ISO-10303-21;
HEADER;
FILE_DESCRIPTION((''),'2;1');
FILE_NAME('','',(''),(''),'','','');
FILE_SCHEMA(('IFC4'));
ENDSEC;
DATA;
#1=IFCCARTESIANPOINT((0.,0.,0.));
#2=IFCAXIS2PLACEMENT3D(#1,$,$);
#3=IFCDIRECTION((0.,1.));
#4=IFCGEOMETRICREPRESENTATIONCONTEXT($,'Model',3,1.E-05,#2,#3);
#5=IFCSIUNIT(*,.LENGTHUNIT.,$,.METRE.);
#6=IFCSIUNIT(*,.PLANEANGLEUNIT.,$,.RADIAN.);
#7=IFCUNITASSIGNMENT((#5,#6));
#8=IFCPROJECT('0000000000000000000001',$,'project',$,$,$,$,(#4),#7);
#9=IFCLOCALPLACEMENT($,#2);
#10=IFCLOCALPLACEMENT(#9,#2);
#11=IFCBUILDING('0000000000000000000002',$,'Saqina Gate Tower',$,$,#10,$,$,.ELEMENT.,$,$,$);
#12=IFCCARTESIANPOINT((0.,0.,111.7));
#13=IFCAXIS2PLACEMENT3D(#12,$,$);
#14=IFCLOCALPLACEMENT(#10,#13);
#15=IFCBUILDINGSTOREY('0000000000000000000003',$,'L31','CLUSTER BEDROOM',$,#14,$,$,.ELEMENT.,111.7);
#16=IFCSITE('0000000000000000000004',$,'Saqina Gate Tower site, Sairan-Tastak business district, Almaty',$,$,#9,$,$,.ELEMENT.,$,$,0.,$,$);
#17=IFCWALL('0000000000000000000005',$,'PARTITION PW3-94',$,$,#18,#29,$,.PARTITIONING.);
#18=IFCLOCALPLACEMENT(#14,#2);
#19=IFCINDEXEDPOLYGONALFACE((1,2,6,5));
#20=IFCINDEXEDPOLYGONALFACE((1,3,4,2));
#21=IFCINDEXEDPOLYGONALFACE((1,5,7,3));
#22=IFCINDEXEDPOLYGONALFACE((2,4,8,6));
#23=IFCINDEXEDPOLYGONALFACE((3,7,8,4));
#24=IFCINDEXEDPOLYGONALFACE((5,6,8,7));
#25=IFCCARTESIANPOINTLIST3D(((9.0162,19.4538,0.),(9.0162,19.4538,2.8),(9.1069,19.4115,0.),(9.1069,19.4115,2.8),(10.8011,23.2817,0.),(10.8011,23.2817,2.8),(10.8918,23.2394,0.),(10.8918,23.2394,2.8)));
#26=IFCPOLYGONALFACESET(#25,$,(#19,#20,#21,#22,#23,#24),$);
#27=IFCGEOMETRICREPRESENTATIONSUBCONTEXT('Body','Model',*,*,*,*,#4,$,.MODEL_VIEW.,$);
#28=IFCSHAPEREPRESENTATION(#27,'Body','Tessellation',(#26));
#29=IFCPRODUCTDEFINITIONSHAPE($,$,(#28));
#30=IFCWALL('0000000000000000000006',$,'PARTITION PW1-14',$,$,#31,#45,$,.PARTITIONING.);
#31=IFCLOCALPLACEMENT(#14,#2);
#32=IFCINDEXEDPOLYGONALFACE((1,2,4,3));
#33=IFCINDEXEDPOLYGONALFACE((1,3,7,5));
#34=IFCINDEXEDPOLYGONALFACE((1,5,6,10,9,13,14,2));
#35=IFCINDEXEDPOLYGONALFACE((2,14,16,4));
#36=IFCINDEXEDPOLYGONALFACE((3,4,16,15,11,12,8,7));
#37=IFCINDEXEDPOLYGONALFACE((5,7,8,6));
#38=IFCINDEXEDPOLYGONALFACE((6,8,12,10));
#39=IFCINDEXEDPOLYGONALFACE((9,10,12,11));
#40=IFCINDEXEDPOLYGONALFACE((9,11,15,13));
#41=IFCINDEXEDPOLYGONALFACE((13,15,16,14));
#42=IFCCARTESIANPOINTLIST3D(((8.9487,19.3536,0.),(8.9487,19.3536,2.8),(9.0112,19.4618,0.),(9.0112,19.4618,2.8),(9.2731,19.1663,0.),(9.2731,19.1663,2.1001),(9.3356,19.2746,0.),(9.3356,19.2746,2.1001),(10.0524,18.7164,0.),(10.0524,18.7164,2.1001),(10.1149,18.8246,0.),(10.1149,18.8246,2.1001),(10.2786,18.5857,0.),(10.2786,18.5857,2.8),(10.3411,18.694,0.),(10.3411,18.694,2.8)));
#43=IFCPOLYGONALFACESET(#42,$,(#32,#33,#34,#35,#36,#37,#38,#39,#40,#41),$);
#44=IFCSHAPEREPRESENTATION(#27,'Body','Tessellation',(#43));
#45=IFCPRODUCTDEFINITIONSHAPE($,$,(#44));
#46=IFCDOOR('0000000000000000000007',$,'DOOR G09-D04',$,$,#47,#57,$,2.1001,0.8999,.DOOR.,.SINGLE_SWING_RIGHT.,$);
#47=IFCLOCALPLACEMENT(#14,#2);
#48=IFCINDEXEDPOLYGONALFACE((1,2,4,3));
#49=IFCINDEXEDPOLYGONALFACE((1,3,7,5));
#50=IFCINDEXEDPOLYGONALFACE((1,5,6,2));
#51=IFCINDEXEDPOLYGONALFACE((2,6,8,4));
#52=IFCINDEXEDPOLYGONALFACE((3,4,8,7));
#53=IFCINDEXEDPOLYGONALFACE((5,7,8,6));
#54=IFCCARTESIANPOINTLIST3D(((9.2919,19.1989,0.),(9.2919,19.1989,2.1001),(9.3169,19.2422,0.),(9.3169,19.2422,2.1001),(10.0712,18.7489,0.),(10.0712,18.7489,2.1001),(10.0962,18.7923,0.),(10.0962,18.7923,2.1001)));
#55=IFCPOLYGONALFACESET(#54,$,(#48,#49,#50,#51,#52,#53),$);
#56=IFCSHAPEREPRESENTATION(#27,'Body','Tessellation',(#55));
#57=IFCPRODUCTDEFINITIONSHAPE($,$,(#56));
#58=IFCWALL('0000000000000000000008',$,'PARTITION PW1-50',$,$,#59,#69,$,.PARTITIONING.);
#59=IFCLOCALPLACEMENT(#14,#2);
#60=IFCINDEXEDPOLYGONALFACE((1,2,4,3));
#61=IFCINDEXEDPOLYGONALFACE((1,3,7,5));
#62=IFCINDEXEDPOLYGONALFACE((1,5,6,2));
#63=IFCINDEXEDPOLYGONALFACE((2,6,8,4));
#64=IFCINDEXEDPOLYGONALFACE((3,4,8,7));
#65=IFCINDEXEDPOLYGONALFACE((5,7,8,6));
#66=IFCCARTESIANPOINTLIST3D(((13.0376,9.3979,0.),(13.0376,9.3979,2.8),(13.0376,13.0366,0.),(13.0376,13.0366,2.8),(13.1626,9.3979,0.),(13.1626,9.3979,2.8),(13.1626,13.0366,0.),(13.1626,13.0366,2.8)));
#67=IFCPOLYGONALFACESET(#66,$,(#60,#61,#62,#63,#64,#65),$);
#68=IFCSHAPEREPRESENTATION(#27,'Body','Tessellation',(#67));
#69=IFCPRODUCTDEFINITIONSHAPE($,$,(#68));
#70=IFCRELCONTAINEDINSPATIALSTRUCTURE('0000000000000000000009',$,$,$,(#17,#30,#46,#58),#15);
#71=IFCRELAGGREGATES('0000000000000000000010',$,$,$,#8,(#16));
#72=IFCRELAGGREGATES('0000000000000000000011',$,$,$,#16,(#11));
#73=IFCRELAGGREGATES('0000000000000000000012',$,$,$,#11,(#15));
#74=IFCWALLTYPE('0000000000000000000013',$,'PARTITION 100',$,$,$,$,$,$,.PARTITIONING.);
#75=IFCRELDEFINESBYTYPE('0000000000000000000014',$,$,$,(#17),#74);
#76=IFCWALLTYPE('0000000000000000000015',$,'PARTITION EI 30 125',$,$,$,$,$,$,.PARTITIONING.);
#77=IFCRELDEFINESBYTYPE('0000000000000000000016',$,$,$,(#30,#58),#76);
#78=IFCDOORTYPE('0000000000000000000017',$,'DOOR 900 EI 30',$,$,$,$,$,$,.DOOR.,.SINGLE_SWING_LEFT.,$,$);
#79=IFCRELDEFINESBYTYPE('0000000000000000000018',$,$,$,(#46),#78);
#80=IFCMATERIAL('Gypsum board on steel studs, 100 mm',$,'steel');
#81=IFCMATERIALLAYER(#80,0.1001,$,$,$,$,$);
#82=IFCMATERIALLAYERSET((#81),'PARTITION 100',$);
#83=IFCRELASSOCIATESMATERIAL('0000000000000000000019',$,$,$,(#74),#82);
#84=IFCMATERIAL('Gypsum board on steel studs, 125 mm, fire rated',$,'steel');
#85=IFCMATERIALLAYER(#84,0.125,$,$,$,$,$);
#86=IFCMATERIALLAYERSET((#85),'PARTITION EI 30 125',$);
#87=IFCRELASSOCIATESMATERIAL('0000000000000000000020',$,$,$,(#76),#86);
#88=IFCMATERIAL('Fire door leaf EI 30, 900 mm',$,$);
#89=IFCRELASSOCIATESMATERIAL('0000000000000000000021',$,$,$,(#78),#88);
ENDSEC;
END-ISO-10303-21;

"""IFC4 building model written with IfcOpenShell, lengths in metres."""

from ifc_helpers import new_model, si_unit, direction, frame, frame_2d, origin, place, context, subcontext, project, spatial, rectangle, extrude, material, layer, layer_set, type_object, element, fill, save


model = new_model("IFC4")

# Units and contexts
model_context = context("Model", 3, precision=1e-05, world=origin(), true_north=direction((0.0, 1.0)))
body_context = subcontext(model_context, "Body", "Model", "MODEL_VIEW")
ifc_project = project(units=[si_unit("LENGTHUNIT", "METRE"), si_unit("PLANEANGLEUNIT", "RADIAN")], contexts=[model_context])

# Site, building, storey
site_placement = place(None, origin())
site = spatial("IfcSite", under=ifc_project, at=site_placement, Name="Saqina Gate Tower site, Sairan-Tastak business district, Almaty", CompositionType="ELEMENT", RefElevation=0.0)
building_placement = place(site_placement, origin())
building = spatial("IfcBuilding", under=site, at=building_placement, Name="Saqina Gate Tower", CompositionType="ELEMENT")
storey_placement = place(building_placement, frame((0.0, 0.0, 111.7)))
storey = spatial("IfcBuildingStorey", under=building, at=storey_placement, Name="L31", Description="CLUSTER BEDROOM", CompositionType="ELEMENT", Elevation=111.7)

# Shared definitions
ifc_material_1 = material(Name="Gypsum board on steel studs, 100 mm", Category="steel")
ifc_layer_1 = layer(ifc_material_1, 0.1001)
ifc_layer_set_1 = layer_set([ifc_layer_1], Name="PARTITION 100")
wall_type_1 = type_object("IfcWallType", Name="PARTITION 100", PredefinedType="PARTITIONING", material=ifc_layer_set_1)

# Wall
wall_1_placement = place(storey_placement, frame((9.0615, 19.4326, 0.0), z_axis=(0.0, 0.0, 1.0), x_axis=(0.422607, 0.906313, 0.0)))
element("IfcWall", 1, at=wall_1_placement, inside=storey, type_object=wall_type_1, Name="PARTITION PW3-94", PredefinedType="PARTITIONING", context=body_context, shape_type="SweptSolid", body=[
    extrude(rectangle(XDim=4.2236, YDim=0.1001, at=frame_2d((2.1118, 0.0))), origin(), (0.0, 0.0, 1.0), 2.8),
])

# Wall, opening, door
ifc_material_2 = material(Name="Gypsum board on steel studs, 125 mm, fire rated", Category="steel")
ifc_layer_2 = layer(ifc_material_2, 0.125)
ifc_layer_set_2 = layer_set([ifc_layer_2], Name="PARTITION EI 30 125")
wall_type_2 = type_object("IfcWallType", Name="PARTITION EI 30 125", PredefinedType="PARTITIONING", material=ifc_layer_set_2)
wall_2_placement = place(storey_placement, frame((8.98, 19.4077, 0.0), z_axis=(0.0, 0.0, 1.0), x_axis=(0.866013, -0.500021, 0.0)))
wall_2 = element("IfcWall", 2, at=wall_2_placement, inside=storey, type_object=wall_type_2, Name="PARTITION PW1-14", PredefinedType="PARTITIONING", context=body_context, shape_type="SweptSolid", body=[
    extrude(rectangle(XDim=1.5356, YDim=0.125, at=frame_2d((0.7678, 0.0))), origin(), (0.0, 0.0, 1.0), 2.8),
])
opening_1_placement = place(wall_2_placement, frame((0.3745, 0.0, 0.0)))
opening_1 = element("IfcOpeningElement", 3, at=opening_1_placement, cuts=wall_2, PredefinedType="OPENING", context=body_context, shape_type="SweptSolid", body=[
    extrude(rectangle(XDim=0.8999, YDim=2.1001, at=frame_2d((0.45, 1.05))), frame((0.0, 0.0745, 0.0), z_axis=(0.0, -1.0, 0.0), x_axis=(1.0, 0.0, 0.0)), (0.0, 0.0, 1.0), 0.1489),
])
ifc_material_3 = material(Name="Fire door leaf EI 30, 900 mm")
door_type_1 = type_object("IfcDoorType", Name="DOOR 900 EI 30", OperationType="SINGLE_SWING_LEFT", PredefinedType="DOOR", material=ifc_material_3)
door_1_placement = place(opening_1_placement, frame((0.8999, 0.0, 0.0), z_axis=(0.0, 0.0, 1.0), x_axis=(-1.0, 0.0, 0.0)))
door_1 = element("IfcDoor", 4, at=door_1_placement, inside=storey, type_object=door_type_1, Name="DOOR G09-D04", OperationType="SINGLE_SWING_RIGHT", OverallHeight=2.1001, OverallWidth=0.8999, PredefinedType="DOOR", context=body_context, shape_type="SweptSolid", body=[
    extrude(rectangle(XDim=0.8999, YDim=2.1001, at=frame_2d((0.45, 1.05))), frame((0.0, 0.0249, 0.0), z_axis=(0.0, -1.0, 0.0), x_axis=(1.0, 0.0, 0.0)), (0.0, 0.0, 1.0), 0.05),
])
fill(opening_1, door_1)

# Wall
wall_3_placement = place(storey_placement, frame((13.1001, 9.3979, 0.0), z_axis=(0.0, 0.0, 1.0), x_axis=(0.0, 1.0, 0.0)))
element("IfcWall", 5, at=wall_3_placement, inside=storey, type_object=wall_type_2, Name="PARTITION PW1-50", PredefinedType="PARTITIONING", context=body_context, shape_type="SweptSolid", body=[
    extrude(rectangle(XDim=3.6387, YDim=0.125, at=frame_2d((1.8193, 0.0))), origin(), (0.0, 0.0, 1.0), 2.8),
])

save(model, "model.ifc")
